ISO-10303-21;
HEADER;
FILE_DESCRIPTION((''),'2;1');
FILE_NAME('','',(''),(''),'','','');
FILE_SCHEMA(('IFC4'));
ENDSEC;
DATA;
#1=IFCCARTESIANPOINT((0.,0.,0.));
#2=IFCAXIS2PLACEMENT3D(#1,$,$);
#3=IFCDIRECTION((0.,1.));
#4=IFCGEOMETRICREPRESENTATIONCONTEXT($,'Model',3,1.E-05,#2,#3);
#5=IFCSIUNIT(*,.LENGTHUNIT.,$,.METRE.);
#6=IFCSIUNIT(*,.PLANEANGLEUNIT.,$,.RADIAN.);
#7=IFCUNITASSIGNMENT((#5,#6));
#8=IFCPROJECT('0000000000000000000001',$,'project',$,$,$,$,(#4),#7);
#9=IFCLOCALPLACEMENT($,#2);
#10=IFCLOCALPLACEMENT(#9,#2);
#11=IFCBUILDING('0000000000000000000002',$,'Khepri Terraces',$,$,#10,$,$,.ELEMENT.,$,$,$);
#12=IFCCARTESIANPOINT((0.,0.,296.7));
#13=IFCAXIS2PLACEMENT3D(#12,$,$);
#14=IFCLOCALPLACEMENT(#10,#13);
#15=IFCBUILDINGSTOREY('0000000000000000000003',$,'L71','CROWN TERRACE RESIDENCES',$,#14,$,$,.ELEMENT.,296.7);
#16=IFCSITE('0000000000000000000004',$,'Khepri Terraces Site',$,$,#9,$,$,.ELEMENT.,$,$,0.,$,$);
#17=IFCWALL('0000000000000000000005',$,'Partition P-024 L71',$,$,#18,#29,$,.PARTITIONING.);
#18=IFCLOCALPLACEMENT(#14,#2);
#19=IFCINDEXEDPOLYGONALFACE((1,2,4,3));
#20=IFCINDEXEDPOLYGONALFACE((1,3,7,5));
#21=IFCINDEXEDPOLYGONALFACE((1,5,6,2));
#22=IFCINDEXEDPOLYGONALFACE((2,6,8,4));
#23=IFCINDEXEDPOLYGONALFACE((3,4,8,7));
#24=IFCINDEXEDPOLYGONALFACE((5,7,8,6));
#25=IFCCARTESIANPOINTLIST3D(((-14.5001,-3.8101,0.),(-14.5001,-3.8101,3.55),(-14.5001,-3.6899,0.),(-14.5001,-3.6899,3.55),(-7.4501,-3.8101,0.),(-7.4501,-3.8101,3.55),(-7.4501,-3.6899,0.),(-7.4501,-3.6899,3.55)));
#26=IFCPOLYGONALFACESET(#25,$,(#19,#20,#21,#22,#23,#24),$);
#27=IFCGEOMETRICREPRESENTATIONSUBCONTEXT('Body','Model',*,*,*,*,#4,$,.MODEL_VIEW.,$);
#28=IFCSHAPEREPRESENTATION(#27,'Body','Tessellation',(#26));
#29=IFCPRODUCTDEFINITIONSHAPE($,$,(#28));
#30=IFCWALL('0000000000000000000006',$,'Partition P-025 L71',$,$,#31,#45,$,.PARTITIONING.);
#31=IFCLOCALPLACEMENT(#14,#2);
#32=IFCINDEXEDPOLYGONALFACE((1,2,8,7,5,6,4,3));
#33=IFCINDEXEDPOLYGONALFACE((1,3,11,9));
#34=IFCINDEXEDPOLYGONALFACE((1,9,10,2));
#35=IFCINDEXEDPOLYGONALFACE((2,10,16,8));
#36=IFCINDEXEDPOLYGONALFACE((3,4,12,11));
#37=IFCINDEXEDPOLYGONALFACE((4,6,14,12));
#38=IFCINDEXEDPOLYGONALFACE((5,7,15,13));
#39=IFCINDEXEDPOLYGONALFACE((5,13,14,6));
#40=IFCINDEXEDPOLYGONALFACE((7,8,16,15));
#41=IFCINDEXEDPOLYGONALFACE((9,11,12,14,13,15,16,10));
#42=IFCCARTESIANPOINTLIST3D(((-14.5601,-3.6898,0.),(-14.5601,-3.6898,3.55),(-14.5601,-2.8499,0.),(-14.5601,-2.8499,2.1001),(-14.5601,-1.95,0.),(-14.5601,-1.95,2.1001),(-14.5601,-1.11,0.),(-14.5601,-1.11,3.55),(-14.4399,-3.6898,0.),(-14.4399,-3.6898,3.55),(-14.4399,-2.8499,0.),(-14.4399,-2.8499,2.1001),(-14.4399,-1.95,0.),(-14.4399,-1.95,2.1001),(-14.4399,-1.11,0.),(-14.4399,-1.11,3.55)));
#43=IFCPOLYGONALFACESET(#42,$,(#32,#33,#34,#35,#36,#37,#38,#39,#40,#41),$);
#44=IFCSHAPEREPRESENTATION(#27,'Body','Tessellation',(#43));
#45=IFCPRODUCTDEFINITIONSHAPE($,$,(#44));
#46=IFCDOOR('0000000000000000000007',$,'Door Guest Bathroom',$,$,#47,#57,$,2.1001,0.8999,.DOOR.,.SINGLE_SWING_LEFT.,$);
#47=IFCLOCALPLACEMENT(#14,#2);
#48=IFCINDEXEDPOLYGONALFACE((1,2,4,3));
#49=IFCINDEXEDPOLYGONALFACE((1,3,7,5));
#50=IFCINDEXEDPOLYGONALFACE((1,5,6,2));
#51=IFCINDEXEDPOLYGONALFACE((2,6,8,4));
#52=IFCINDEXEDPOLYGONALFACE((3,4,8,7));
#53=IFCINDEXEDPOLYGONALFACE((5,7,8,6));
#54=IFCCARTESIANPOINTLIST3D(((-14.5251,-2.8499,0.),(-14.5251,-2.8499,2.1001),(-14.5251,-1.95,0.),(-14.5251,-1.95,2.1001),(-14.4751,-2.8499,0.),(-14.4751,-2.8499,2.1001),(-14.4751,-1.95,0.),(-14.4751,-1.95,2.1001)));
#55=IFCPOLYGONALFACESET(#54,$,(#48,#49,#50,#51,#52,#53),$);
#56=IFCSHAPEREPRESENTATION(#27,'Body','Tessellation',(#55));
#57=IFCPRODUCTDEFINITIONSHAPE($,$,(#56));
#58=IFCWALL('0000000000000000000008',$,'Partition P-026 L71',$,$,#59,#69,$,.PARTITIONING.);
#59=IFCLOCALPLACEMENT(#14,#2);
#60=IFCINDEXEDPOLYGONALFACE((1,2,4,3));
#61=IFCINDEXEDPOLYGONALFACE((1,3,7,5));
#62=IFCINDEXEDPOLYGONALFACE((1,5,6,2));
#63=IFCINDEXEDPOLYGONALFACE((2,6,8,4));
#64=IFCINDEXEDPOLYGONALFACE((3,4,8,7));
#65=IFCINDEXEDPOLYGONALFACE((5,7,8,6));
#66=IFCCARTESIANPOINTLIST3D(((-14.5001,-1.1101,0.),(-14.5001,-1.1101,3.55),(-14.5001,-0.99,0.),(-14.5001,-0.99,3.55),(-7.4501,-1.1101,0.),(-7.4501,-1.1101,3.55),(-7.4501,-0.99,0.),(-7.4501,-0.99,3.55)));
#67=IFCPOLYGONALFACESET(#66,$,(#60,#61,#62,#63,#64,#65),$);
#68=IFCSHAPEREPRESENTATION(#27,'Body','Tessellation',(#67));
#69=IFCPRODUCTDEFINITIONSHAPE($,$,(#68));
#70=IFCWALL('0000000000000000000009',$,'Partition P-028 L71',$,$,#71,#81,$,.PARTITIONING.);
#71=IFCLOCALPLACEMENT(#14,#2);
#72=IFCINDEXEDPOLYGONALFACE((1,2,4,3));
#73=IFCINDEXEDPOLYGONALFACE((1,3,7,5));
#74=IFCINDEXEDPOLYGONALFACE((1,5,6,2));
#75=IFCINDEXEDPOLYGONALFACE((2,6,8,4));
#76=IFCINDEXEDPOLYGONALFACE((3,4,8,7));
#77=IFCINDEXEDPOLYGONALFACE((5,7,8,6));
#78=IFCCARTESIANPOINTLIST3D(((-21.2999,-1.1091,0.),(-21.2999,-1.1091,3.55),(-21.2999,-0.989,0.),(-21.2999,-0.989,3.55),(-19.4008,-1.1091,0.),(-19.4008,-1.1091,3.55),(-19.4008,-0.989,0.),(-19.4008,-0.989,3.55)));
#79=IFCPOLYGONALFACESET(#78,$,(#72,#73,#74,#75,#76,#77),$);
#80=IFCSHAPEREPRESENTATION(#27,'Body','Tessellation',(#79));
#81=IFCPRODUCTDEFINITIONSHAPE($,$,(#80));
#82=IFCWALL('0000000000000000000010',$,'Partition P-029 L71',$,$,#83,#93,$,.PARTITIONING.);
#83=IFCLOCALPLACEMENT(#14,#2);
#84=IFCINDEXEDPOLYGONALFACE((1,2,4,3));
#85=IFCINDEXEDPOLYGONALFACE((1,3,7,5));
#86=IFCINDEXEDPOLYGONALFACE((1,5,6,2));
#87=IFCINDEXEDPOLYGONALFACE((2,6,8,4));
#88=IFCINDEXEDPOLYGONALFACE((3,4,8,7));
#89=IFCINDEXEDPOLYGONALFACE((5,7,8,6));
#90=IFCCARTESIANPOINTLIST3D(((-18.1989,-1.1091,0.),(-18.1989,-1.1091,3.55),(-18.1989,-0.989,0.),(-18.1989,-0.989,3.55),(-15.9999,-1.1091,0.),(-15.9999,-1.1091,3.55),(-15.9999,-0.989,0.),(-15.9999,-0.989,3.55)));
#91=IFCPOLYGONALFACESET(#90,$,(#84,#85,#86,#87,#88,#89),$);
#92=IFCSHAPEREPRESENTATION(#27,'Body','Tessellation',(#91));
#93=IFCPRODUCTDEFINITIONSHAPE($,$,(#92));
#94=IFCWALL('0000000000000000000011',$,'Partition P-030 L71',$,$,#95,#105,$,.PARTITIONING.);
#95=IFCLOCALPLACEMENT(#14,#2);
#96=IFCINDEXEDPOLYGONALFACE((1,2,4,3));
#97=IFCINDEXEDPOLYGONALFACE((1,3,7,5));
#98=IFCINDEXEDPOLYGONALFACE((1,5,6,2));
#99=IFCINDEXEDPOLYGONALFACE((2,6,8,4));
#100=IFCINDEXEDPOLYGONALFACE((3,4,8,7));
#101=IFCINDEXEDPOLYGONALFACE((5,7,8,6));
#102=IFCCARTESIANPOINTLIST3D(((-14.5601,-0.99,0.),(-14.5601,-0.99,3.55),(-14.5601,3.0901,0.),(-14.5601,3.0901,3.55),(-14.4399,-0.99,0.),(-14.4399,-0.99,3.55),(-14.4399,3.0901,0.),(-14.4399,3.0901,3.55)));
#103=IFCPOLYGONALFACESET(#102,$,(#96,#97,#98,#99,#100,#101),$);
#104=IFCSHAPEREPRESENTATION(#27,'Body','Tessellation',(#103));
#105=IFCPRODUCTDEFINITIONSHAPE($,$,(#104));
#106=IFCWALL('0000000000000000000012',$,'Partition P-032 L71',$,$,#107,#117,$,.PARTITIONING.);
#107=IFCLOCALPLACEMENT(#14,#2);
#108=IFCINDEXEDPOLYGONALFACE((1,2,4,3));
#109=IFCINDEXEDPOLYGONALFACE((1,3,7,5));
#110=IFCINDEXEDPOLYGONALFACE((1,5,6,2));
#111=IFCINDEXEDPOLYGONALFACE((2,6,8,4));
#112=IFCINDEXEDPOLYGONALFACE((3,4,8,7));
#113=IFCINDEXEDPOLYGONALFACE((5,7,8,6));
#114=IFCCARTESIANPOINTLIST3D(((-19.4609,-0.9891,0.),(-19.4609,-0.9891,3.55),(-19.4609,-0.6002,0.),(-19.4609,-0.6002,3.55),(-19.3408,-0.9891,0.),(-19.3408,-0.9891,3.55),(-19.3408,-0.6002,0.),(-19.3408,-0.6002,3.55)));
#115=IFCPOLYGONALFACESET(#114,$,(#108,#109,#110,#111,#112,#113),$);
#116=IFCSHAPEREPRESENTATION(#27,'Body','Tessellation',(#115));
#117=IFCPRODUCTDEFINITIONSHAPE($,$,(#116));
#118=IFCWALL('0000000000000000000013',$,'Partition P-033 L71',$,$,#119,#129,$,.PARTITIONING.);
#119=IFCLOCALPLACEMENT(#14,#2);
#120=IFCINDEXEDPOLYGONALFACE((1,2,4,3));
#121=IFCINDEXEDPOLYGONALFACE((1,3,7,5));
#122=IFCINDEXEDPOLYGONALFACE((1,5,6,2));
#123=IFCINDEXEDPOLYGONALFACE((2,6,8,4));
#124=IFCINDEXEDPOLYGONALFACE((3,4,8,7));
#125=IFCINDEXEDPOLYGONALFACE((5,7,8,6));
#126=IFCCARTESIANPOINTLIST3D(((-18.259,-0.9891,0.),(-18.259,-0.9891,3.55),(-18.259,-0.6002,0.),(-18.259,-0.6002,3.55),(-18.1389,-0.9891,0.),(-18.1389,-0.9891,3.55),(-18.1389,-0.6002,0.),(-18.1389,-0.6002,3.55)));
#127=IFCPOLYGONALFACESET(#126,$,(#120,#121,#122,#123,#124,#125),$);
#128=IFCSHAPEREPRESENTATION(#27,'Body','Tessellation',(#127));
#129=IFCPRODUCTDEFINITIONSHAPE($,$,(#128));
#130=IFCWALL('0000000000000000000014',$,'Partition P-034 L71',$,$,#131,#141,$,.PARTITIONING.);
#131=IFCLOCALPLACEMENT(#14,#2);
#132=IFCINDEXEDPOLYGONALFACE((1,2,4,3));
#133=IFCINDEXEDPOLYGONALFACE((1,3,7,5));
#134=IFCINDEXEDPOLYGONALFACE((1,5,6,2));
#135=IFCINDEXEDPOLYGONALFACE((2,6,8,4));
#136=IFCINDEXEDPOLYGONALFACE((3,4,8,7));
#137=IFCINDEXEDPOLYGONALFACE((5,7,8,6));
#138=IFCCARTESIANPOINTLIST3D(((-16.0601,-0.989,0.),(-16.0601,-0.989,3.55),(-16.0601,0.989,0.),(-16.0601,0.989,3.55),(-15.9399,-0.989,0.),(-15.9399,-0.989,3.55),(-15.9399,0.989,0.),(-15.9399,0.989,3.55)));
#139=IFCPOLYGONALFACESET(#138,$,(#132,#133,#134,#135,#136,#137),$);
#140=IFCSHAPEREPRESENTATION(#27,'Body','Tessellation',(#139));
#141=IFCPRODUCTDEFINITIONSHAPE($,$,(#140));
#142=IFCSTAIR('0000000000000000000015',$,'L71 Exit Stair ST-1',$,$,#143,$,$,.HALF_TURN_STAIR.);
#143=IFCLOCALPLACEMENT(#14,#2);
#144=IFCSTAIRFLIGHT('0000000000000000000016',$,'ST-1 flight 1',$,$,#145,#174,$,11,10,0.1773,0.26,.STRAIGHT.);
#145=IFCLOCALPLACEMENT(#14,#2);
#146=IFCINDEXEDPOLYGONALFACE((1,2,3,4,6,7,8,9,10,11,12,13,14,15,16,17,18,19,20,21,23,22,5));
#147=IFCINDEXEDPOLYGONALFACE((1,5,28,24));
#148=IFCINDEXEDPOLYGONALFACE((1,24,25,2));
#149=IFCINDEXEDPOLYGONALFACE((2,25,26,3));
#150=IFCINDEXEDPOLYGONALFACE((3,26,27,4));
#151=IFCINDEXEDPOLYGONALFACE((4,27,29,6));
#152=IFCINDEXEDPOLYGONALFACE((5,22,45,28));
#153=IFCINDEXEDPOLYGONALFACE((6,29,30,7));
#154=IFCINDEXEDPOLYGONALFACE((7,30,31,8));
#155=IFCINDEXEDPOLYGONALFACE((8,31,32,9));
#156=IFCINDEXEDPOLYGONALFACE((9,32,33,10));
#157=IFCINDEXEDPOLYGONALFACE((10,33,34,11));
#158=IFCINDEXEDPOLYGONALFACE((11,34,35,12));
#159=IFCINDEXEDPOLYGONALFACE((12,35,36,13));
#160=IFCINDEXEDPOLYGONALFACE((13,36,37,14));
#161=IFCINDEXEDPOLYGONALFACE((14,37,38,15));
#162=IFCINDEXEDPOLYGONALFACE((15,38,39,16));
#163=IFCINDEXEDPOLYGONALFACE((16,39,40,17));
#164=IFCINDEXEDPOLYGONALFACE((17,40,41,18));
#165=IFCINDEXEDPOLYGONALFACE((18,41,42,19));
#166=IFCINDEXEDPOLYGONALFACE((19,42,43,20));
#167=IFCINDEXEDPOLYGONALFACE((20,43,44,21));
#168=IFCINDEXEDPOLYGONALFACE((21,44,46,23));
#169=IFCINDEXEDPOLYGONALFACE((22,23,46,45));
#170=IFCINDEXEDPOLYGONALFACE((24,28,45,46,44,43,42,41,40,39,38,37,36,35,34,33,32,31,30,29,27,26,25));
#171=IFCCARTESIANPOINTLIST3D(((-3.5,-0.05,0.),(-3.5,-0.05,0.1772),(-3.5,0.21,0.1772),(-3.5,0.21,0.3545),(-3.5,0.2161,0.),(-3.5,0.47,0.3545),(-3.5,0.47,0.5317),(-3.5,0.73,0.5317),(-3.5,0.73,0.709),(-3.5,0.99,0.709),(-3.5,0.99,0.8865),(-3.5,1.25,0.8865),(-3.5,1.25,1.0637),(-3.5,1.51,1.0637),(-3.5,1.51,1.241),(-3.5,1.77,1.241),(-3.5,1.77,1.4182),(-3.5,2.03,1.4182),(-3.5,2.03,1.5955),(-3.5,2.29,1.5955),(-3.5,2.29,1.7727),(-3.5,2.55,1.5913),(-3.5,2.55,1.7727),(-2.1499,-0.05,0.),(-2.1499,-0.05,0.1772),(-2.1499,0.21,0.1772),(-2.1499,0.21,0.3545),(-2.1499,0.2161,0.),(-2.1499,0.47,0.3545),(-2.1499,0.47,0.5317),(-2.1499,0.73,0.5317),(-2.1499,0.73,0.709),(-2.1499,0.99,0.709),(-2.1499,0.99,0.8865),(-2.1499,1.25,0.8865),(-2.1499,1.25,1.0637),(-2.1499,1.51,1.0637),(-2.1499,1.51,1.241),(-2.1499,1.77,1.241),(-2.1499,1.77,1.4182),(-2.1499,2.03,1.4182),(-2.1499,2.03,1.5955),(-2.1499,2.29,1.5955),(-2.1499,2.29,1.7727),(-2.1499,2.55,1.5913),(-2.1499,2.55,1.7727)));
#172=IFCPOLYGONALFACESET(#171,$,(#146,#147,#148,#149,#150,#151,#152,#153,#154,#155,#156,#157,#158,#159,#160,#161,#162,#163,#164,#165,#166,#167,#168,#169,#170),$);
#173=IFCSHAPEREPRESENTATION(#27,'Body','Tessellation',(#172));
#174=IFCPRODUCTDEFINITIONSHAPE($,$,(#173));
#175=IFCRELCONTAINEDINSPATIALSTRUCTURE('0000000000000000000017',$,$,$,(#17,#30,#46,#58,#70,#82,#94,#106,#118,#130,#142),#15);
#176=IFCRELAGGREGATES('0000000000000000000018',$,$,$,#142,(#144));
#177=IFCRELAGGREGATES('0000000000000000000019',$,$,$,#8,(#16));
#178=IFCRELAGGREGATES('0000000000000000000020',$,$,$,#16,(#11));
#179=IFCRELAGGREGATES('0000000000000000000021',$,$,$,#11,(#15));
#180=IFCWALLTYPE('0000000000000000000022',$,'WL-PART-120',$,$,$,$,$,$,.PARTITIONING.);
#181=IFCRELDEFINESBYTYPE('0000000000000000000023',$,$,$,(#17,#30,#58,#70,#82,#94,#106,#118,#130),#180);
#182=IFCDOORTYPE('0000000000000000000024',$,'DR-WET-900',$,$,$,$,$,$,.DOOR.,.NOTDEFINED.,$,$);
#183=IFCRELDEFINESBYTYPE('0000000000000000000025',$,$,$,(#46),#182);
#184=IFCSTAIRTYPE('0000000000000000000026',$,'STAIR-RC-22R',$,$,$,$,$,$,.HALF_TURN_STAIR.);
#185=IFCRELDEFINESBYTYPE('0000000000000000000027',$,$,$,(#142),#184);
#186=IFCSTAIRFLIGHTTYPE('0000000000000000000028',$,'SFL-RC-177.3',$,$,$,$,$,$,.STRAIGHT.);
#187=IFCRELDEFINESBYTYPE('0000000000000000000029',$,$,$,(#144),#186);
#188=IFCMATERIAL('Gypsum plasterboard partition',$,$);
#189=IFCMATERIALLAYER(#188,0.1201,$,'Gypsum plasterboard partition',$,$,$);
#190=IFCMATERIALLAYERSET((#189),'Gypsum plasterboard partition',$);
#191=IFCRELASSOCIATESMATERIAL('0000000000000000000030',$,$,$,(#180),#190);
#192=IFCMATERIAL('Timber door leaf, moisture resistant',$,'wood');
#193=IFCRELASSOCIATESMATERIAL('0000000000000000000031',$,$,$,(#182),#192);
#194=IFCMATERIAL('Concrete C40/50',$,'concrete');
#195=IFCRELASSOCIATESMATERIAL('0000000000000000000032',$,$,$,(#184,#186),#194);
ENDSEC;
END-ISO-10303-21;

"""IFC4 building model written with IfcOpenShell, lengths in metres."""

from ifc_helpers import new_model, si_unit, direction, frame, frame_2d, origin, place, context, subcontext, project, spatial, polyline, rectangle, outline, extrude, material, layer, layer_set, type_object, element, fill, aggregate, save


model = new_model("IFC4")

# Units and contexts
model_context = context("Model", 3, precision=1e-05, world=origin(), true_north=direction((0.0, 1.0)))
body_context = subcontext(model_context, "Body", "Model", "MODEL_VIEW")
ifc_project = project(units=[si_unit("LENGTHUNIT", "METRE"), si_unit("PLANEANGLEUNIT", "RADIAN")], contexts=[model_context])

# Site, building, storey
site_placement = place(None, origin())
site = spatial("IfcSite", under=ifc_project, at=site_placement, Name="Khepri Terraces Site", CompositionType="ELEMENT", RefElevation=0.0)
building_placement = place(site_placement, origin())
building = spatial("IfcBuilding", under=site, at=building_placement, Name="Khepri Terraces", CompositionType="ELEMENT")
storey_placement = place(building_placement, frame((0.0, 0.0, 296.7)))
storey = spatial("IfcBuildingStorey", under=building, at=storey_placement, Name="L71", Description="CROWN TERRACE RESIDENCES", CompositionType="ELEMENT", Elevation=296.7)

# Shared definitions
ifc_material_1 = material(Name="Concrete C40/50", Category="concrete")

# Wall
ifc_material_2 = material(Name="Gypsum plasterboard partition")
ifc_layer_1 = layer(ifc_material_2, 0.1201, Name="Gypsum plasterboard partition")
ifc_layer_set_1 = layer_set([ifc_layer_1], Name="Gypsum plasterboard partition")
wall_type_1 = type_object("IfcWallType", Name="WL-PART-120", PredefinedType="PARTITIONING", material=ifc_layer_set_1)
wall_1_placement = place(storey_placement, frame((-14.5, -3.75, 0.0), z_axis=(0.0, 0.0, 1.0), x_axis=(1.0, 0.0, 0.0)))
element("IfcWall", 1, at=wall_1_placement, inside=storey, type_object=wall_type_1, Name="Partition P-024 L71", PredefinedType="PARTITIONING", context=body_context, shape_type="SweptSolid", body=[
    extrude(rectangle(XDim=7.05, YDim=0.1201, at=frame_2d((3.5249, 0.0))), origin(), (0.0, 0.0, 1.0), 3.55),
])

# Wall, opening, door
wall_2_placement = place(storey_placement, frame((-14.5, -3.6899, 0.0), z_axis=(0.0, 0.0, 1.0), x_axis=(0.0, 1.0, 0.0)))
wall_2 = element("IfcWall", 2, at=wall_2_placement, inside=storey, type_object=wall_type_1, Name="Partition P-025 L71", PredefinedType="PARTITIONING", context=body_context, shape_type="SweptSolid", body=[
    extrude(rectangle(XDim=2.5798, YDim=0.1201, at=frame_2d((1.29, 0.0))), origin(), (0.0, 0.0, 1.0), 3.55),
])
opening_1_placement = place(wall_2_placement, frame((0.8401, 0.0, 0.0)))
opening_1 = element("IfcOpeningElement", 3, at=opening_1_placement, cuts=wall_2, PredefinedType="OPENING", context=body_context, shape_type="SweptSolid", body=[
    extrude(rectangle(XDim=0.8999, YDim=2.1001, at=frame_2d((0.45, 1.05))), frame((0.0, 0.0701, 0.0), z_axis=(0.0, -1.0, 0.0), x_axis=(1.0, 0.0, 0.0)), (0.0, 0.0, 1.0), 0.1401),
])
ifc_material_3 = material(Name="Timber door leaf, moisture resistant", Category="wood")
door_type_1 = type_object("IfcDoorType", Name="DR-WET-900", OperationType="NOTDEFINED", PredefinedType="DOOR", material=ifc_material_3)
door_1_placement = place(opening_1_placement, frame((0.8999, 0.0, 0.0), z_axis=(0.0, 0.0, 1.0), x_axis=(-1.0, 0.0, 0.0)))
door_1 = element("IfcDoor", 4, at=door_1_placement, inside=storey, type_object=door_type_1, Name="Door Guest Bathroom", OperationType="SINGLE_SWING_LEFT", OverallHeight=2.1001, OverallWidth=0.8999, PredefinedType="DOOR", context=body_context, shape_type="SweptSolid", body=[
    extrude(rectangle(XDim=0.8999, YDim=2.1001, at=frame_2d((0.45, 1.05))), frame((0.0, 0.0249, 0.0), z_axis=(0.0, -1.0, 0.0), x_axis=(1.0, 0.0, 0.0)), (0.0, 0.0, 1.0), 0.05),
])
fill(opening_1, door_1)

# Walls
wall_3_placement = place(storey_placement, frame((-14.5, -1.05, 0.0), z_axis=(0.0, 0.0, 1.0), x_axis=(1.0, 0.0, 0.0)))
element("IfcWall", 5, at=wall_3_placement, inside=storey, type_object=wall_type_1, Name="Partition P-026 L71", PredefinedType="PARTITIONING", context=body_context, shape_type="SweptSolid", body=[
    extrude(rectangle(XDim=7.05, YDim=0.1201, at=frame_2d((3.5249, 0.0))), origin(), (0.0, 0.0, 1.0), 3.55),
])
wall_4_placement = place(storey_placement, frame((-21.3, -1.0491, 0.0), z_axis=(0.0, 0.0, 1.0), x_axis=(1.0, 0.0, 0.0)))
element("IfcWall", 6, at=wall_4_placement, inside=storey, type_object=wall_type_1, Name="Partition P-028 L71", PredefinedType="PARTITIONING", context=body_context, shape_type="SweptSolid", body=[
    extrude(rectangle(XDim=1.8992, YDim=0.1201, at=frame_2d((0.9497, 0.0))), origin(), (0.0, 0.0, 1.0), 3.55),
])
wall_5_placement = place(storey_placement, frame((-18.199, -1.0491, 0.0), z_axis=(0.0, 0.0, 1.0), x_axis=(1.0, 0.0, 0.0)))
element("IfcWall", 7, at=wall_5_placement, inside=storey, type_object=wall_type_1, Name="Partition P-029 L71", PredefinedType="PARTITIONING", context=body_context, shape_type="SweptSolid", body=[
    extrude(rectangle(XDim=2.199, YDim=0.1201, at=frame_2d((1.0996, 0.0))), origin(), (0.0, 0.0, 1.0), 3.55),
])
wall_6_placement = place(storey_placement, frame((-14.5, -0.99, 0.0), z_axis=(0.0, 0.0, 1.0), x_axis=(0.0, 1.0, 0.0)))
element("IfcWall", 8, at=wall_6_placement, inside=storey, type_object=wall_type_1, Name="Partition P-030 L71", PredefinedType="PARTITIONING", context=body_context, shape_type="SweptSolid", body=[
    extrude(rectangle(XDim=4.0801, YDim=0.1201, at=frame_2d((2.04, 0.0))), origin(), (0.0, 0.0, 1.0), 3.55),
])
for number, where, z_axis, x_axis, name in (
    (9, (-19.4009, -0.989, 0.0), (0.0, 0.0, 1.0), (0.0, 1.0, 0.0), "Partition P-032 L71"),
    (10, (-18.199, -0.989, 0.0), (0.0, 0.0, 1.0), (0.0, 1.0, 0.0), "Partition P-033 L71"),
):
    element("IfcWall", number, at=place(storey_placement, frame(where, z_axis=z_axis, x_axis=x_axis)), inside=storey, type_object=wall_type_1, Name=name, PredefinedType="PARTITIONING", context=body_context, shape_type="SweptSolid", body=[
        extrude(rectangle(XDim=0.3889, YDim=0.1201, at=frame_2d((0.1943, 0.0))), origin(), (0.0, 0.0, 1.0), 3.55),
    ])
wall_7_placement = place(storey_placement, frame((-16.0, -0.989, 0.0), z_axis=(0.0, 0.0, 1.0), x_axis=(0.0, 1.0, 0.0)))
element("IfcWall", 11, at=wall_7_placement, inside=storey, type_object=wall_type_1, Name="Partition P-034 L71", PredefinedType="PARTITIONING", context=body_context, shape_type="SweptSolid", body=[
    extrude(rectangle(XDim=1.978, YDim=0.1201, at=frame_2d((0.989, 0.0))), origin(), (0.0, 0.0, 1.0), 3.55),
])

# Stair, stair flight
stair_type = type_object("IfcStairType", Name="STAIR-RC-22R", PredefinedType="HALF_TURN_STAIR", material=ifc_material_1)
stair_placement = place(storey_placement, origin())
stair = element("IfcStair", 12, at=stair_placement, inside=storey, type_object=stair_type, Name="L71 Exit Stair ST-1", PredefinedType="HALF_TURN_STAIR")
stair_flight_type = type_object("IfcStairFlightType", Name="SFL-RC-177.3", PredefinedType="STRAIGHT", material=ifc_material_1)
stair_flight_placement = place(storey_placement, frame((-2.825, -0.05, 0.0), z_axis=(0.0, 0.0, 1.0), x_axis=(0.0, 1.0, 0.0)))
stair_flight = element("IfcStairFlight", 13, at=stair_flight_placement, type_object=stair_flight_type, Name="ST-1 flight 1", NumberOfRisers=11, NumberOfTreads=10, PredefinedType="STRAIGHT", RiserHeight=0.1773, TreadLength=0.26, context=body_context, shape_type="SweptSolid", body=[
    extrude(outline(polyline([(0.0, 0.0), (0.0, 0.1772), (0.26, 0.1772), (0.26, 0.3545), (0.52, 0.3545), (0.52, 0.5317), (0.78, 0.5317), (0.78, 0.709), (1.04, 0.709), (1.04, 0.8865), (1.3, 0.8865), (1.3, 1.0637), (1.5601, 1.0637), (1.5601, 1.241), (1.8201, 1.241), (1.8201, 1.4182), (2.0801, 1.4182), (2.0801, 1.5955), (2.3401, 1.5955), (2.3401, 1.7727), (2.6001, 1.7727), (2.6001, 1.95), (2.6001, 1.5913), (0.2661, 0.0), (0.0, 0.0)])), frame((0.0, 0.675, 0.0), z_axis=(0.0, -1.0, 0.0), x_axis=(1.0, 0.0, 0.0)), (0.0, 0.0, 1.0), 1.3501),
])
aggregate(stair, [stair_flight])

save(model, "model.ifc")
